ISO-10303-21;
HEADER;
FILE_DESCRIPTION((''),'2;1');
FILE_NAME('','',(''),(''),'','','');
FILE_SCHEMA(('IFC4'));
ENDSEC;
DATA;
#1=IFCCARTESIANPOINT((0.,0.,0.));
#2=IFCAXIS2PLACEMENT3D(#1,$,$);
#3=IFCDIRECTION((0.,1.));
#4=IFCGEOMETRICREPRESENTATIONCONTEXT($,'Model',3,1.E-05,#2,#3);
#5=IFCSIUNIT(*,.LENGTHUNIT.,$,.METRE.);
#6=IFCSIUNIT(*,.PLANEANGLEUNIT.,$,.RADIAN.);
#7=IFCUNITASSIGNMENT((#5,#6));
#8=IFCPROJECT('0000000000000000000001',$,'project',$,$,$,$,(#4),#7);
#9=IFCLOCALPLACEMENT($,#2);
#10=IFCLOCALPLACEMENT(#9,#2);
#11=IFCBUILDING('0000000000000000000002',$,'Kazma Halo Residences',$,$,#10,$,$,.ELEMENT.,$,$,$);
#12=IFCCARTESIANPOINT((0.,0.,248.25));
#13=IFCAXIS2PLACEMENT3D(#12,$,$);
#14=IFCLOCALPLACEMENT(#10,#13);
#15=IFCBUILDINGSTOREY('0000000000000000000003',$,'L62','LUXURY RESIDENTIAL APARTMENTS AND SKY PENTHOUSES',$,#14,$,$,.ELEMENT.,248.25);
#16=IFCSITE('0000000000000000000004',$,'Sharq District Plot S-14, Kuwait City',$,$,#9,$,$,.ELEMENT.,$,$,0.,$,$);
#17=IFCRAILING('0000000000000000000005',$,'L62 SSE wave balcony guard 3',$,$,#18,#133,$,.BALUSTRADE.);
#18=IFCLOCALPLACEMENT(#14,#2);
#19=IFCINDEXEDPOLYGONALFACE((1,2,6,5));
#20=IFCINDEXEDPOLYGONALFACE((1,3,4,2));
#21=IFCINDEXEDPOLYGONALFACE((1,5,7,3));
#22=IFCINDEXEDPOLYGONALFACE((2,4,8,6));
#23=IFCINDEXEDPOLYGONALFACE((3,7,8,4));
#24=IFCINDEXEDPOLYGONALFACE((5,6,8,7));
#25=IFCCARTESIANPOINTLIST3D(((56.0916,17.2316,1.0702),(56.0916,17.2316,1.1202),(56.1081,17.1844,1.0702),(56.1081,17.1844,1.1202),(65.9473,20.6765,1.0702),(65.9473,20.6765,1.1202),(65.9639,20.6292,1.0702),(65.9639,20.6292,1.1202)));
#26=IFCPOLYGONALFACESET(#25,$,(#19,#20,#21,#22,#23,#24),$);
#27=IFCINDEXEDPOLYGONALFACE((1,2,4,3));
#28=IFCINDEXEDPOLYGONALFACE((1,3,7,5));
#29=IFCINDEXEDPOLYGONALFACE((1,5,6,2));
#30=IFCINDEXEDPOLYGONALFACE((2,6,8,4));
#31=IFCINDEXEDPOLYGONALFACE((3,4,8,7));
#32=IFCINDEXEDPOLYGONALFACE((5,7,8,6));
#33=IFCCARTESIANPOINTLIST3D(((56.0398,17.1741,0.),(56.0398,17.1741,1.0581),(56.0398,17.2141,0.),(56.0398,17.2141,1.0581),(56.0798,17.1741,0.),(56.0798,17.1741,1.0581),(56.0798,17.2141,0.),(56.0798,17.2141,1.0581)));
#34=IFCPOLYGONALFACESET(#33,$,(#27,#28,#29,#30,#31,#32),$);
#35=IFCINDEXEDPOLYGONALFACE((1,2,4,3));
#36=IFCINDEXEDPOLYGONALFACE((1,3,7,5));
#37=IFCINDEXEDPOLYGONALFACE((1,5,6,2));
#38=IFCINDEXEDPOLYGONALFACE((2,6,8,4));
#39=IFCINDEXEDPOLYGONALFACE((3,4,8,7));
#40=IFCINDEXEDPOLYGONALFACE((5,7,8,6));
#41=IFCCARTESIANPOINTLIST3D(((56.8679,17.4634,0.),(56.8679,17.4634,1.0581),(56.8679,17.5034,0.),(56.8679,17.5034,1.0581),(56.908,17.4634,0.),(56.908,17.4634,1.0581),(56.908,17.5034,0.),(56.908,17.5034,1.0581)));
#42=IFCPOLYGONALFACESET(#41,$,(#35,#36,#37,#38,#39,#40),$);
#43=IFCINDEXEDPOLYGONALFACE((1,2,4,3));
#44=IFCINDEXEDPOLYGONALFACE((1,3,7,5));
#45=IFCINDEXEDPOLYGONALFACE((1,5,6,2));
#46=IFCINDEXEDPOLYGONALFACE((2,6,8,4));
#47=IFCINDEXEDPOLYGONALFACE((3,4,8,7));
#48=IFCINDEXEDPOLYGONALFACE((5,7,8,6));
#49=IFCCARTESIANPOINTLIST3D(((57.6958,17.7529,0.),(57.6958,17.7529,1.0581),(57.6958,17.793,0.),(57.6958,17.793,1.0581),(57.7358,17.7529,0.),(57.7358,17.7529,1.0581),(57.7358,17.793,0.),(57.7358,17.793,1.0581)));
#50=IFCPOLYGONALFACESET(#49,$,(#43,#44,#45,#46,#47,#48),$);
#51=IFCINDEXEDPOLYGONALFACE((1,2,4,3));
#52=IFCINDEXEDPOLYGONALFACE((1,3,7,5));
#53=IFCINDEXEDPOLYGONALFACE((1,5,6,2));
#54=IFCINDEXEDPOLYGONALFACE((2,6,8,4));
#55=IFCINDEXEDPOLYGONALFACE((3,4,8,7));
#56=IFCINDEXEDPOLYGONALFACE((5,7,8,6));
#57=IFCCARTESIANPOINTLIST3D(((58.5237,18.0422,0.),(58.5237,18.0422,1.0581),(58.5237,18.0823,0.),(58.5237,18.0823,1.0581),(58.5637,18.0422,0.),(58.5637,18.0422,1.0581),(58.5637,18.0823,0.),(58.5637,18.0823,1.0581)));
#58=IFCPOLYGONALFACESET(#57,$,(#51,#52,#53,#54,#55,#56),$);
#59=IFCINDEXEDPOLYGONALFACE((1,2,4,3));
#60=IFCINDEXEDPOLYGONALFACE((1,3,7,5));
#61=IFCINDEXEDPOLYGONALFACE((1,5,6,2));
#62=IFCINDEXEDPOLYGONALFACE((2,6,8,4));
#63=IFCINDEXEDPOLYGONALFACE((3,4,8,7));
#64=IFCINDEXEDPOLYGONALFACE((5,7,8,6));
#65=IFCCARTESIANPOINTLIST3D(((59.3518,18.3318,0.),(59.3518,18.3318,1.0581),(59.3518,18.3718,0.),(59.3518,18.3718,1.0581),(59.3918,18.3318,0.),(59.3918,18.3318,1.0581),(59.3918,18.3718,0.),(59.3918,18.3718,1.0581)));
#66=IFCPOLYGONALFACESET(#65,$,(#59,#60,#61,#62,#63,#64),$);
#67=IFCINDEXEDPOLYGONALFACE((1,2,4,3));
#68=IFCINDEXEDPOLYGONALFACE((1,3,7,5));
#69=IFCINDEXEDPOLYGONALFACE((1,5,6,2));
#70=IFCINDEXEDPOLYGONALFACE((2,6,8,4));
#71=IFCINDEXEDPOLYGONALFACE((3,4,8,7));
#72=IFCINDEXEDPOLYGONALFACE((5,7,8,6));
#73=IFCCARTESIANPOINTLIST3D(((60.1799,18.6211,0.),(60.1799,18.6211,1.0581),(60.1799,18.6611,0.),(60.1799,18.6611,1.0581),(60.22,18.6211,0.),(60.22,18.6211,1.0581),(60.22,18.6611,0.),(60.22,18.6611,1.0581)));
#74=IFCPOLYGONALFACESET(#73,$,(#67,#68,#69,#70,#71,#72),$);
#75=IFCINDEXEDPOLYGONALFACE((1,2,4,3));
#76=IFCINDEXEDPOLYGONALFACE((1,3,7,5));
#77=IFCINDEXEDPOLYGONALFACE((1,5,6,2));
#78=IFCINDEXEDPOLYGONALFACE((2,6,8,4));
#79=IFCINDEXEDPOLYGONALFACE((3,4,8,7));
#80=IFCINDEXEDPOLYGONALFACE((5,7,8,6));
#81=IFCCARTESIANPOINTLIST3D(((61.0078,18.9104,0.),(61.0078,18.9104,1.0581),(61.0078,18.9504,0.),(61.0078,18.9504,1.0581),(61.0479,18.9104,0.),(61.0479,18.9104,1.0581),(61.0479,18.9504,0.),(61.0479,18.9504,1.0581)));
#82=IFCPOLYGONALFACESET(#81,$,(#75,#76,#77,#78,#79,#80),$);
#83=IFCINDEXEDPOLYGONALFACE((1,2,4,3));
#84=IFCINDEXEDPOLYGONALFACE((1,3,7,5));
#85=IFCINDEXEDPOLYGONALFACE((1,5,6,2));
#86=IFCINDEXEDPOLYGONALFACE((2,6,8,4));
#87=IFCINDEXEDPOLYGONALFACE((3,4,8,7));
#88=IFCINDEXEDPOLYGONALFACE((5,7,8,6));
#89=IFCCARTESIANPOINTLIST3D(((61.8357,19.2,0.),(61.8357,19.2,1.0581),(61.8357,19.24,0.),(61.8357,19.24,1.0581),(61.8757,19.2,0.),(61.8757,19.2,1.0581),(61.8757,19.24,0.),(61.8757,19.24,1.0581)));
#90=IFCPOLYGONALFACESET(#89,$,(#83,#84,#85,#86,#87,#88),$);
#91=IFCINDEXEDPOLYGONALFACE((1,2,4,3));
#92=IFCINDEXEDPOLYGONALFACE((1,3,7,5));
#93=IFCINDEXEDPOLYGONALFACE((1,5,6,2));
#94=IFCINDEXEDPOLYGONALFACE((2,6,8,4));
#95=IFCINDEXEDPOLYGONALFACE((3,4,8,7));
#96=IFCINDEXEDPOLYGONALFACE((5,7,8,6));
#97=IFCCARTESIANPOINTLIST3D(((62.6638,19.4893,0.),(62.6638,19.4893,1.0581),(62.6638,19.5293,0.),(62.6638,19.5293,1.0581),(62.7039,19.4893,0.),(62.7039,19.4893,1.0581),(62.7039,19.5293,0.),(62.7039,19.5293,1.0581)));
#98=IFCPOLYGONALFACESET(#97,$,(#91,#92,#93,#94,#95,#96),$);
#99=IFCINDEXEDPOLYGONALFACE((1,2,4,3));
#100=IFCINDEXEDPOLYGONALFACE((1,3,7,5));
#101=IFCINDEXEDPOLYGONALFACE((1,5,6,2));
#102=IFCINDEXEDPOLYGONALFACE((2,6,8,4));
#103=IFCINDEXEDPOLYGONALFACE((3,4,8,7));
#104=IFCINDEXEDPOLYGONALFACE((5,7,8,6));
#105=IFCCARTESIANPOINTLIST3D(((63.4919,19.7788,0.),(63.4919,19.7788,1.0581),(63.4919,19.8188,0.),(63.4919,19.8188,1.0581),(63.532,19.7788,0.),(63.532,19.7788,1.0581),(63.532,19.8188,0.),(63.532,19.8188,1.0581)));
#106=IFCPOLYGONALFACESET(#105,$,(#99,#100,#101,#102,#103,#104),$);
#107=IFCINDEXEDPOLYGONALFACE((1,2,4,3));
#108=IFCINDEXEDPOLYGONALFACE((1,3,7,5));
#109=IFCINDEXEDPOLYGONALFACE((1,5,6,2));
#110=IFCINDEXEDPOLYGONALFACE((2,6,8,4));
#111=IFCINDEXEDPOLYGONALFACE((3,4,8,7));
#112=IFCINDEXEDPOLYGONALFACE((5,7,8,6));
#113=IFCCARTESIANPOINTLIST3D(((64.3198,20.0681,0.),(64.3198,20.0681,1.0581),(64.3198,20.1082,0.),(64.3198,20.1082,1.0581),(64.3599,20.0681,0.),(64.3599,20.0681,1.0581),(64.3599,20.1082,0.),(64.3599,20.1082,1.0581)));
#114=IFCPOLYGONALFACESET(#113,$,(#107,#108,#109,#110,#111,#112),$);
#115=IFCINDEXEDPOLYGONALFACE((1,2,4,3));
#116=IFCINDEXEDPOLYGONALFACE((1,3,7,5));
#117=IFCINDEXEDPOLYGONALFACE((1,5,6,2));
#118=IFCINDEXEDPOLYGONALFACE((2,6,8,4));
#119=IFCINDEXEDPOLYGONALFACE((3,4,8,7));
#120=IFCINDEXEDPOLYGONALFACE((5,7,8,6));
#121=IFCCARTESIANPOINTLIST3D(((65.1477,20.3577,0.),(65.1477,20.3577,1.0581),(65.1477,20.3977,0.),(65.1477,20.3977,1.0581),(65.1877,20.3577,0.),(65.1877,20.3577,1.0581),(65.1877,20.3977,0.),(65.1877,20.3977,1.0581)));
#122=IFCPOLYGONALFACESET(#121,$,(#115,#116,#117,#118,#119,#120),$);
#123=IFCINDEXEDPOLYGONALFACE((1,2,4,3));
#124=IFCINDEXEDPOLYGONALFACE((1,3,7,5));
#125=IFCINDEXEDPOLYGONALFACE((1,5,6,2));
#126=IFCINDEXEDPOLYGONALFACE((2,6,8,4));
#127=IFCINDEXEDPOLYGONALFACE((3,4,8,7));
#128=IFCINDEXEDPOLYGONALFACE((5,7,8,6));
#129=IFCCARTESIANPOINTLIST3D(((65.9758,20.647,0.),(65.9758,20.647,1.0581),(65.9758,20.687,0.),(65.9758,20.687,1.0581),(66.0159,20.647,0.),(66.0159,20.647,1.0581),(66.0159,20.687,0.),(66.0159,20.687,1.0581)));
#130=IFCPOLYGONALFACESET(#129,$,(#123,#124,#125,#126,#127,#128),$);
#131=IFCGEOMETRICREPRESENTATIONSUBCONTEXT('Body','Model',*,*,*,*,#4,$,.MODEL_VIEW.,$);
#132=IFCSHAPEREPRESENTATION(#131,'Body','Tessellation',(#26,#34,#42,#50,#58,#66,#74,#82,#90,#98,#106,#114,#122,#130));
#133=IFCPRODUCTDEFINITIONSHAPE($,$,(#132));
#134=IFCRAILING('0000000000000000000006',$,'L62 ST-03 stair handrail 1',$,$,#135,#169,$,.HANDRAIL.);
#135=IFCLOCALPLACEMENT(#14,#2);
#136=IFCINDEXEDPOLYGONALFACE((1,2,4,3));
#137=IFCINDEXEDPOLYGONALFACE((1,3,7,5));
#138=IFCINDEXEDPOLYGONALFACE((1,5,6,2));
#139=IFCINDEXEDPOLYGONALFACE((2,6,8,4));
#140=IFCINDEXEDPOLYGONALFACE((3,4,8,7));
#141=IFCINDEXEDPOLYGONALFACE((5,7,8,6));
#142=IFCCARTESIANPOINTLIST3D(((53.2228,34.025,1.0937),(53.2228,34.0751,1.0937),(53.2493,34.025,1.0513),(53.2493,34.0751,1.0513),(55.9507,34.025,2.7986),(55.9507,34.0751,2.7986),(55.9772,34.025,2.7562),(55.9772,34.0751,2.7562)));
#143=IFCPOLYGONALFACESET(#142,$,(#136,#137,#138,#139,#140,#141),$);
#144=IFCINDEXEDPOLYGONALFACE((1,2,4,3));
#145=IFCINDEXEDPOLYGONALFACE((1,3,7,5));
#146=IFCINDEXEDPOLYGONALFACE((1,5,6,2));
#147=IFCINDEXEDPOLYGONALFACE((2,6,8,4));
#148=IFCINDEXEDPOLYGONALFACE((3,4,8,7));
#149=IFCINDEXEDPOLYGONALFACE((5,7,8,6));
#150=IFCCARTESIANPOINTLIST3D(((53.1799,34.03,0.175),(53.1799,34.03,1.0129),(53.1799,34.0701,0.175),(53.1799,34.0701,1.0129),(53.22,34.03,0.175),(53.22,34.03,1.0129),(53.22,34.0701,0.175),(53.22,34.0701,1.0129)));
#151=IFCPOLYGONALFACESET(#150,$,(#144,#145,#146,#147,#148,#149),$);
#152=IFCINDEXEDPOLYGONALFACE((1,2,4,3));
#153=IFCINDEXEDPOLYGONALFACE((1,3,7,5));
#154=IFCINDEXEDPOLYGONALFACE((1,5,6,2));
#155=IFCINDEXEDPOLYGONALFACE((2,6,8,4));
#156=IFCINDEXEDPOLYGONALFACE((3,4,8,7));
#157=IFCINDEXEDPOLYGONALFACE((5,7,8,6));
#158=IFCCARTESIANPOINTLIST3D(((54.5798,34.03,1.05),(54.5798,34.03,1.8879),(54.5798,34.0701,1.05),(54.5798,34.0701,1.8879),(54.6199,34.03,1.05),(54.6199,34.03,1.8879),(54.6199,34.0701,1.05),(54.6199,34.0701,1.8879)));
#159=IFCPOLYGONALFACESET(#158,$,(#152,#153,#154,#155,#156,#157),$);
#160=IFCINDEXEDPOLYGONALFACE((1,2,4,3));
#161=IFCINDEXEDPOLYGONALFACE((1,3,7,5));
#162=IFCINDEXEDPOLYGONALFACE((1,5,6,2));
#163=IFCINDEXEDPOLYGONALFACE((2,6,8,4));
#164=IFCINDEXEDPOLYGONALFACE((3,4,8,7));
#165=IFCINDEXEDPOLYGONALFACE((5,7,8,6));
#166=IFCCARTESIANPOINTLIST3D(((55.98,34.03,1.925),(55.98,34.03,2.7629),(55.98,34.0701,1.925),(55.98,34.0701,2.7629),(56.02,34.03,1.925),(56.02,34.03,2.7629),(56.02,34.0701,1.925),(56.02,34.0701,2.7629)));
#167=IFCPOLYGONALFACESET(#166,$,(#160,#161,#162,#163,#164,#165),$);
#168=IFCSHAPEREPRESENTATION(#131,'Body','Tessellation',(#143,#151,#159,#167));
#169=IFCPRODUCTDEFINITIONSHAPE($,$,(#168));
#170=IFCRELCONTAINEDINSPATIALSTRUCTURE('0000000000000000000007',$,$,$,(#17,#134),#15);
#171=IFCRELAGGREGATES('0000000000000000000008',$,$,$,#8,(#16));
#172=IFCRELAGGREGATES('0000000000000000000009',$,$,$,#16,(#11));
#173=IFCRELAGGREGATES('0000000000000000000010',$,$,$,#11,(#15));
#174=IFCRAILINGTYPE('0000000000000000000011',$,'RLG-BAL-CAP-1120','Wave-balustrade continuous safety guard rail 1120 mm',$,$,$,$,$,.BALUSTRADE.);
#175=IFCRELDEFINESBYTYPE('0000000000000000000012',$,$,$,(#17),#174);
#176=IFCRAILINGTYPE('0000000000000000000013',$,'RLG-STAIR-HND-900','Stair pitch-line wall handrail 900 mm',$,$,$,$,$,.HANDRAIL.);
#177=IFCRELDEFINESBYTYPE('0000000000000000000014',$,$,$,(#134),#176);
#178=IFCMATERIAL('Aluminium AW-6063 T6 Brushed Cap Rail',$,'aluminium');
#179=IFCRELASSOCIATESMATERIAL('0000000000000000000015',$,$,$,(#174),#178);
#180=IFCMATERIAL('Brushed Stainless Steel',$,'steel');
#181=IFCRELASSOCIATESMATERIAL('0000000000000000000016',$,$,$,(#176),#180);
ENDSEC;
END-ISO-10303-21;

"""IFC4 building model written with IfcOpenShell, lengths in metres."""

from ifc_helpers import new_model, si_unit, direction, frame, origin, origin_2d, place, context, subcontext, project, spatial, rectangle, extrude, material, type_object, element, save


model = new_model("IFC4")

# Units and contexts
model_context = context("Model", 3, precision=1e-05, world=origin(), true_north=direction((0.0, 1.0)))
body_context = subcontext(model_context, "Body", "Model", "MODEL_VIEW")
ifc_project = project(units=[si_unit("LENGTHUNIT", "METRE"), si_unit("PLANEANGLEUNIT", "RADIAN")], contexts=[model_context])

# Site, building, storey
site_placement = place(None, origin())
site = spatial("IfcSite", under=ifc_project, at=site_placement, Name="Sharq District Plot S-14, Kuwait City", CompositionType="ELEMENT", RefElevation=0.0)
building_placement = place(site_placement, origin())
building = spatial("IfcBuilding", under=site, at=building_placement, Name="Kazma Halo Residences", CompositionType="ELEMENT")
storey_placement = place(building_placement, frame((0.0, 0.0, 248.25)))
storey = spatial("IfcBuildingStorey", under=building, at=storey_placement, Name="L62", Description="LUXURY RESIDENTIAL APARTMENTS AND SKY PENTHOUSES", CompositionType="ELEMENT", Elevation=248.25)

# Railings
ifc_material_1 = material(Name="Aluminium AW-6063 T6 Brushed Cap Rail", Category="aluminium")
railing_type_1 = type_object("IfcRailingType", Name="RLG-BAL-CAP-1120", Description="Wave-balustrade continuous safety guard rail 1120 mm", PredefinedType="BALUSTRADE", material=ifc_material_1)
railing_1_placement = place(storey_placement, frame((56.0598, 17.1941, 0.0)))
element("IfcRailing", 1, at=railing_1_placement, inside=storey, type_object=railing_type_1, Name="L62 SSE wave balcony guard 3", PredefinedType="BALUSTRADE", context=body_context, shape_type="SweptSolid", body=[
    extrude(rectangle(XDim=0.05, YDim=0.05, at=origin_2d()), frame((0.04, 0.0139, 1.0952), z_axis=(0.943998, 0.329952, 0.0), x_axis=(-0.329952, 0.943998, 0.0)), (0.0, 0.0, 1.0), 10.4404),
    extrude(rectangle(XDim=0.04, YDim=0.04, at=origin_2d()), origin(), (0.0, 0.0, 1.0), 1.0581),
    extrude(rectangle(XDim=0.04, YDim=0.04, at=origin_2d()), frame((0.8281, 0.2893, 0.0)), (0.0, 0.0, 1.0), 1.0581),
    extrude(rectangle(XDim=0.04, YDim=0.04, at=origin_2d()), frame((1.656, 0.5789, 0.0)), (0.0, 0.0, 1.0), 1.0581),
    extrude(rectangle(XDim=0.04, YDim=0.04, at=origin_2d()), frame((2.4839, 0.8682, 0.0)), (0.0, 0.0, 1.0), 1.0581),
    extrude(rectangle(XDim=0.04, YDim=0.04, at=origin_2d()), frame((3.312, 1.1577, 0.0)), (0.0, 0.0, 1.0), 1.0581),
    extrude(rectangle(XDim=0.04, YDim=0.04, at=origin_2d()), frame((4.1401, 1.447, 0.0)), (0.0, 0.0, 1.0), 1.0581),
    extrude(rectangle(XDim=0.04, YDim=0.04, at=origin_2d()), frame((4.968, 1.7363, 0.0)), (0.0, 0.0, 1.0), 1.0581),
    extrude(rectangle(XDim=0.04, YDim=0.04, at=origin_2d()), frame((5.7959, 2.0259, 0.0)), (0.0, 0.0, 1.0), 1.0581),
    extrude(rectangle(XDim=0.04, YDim=0.04, at=origin_2d()), frame((6.624, 2.3152, 0.0)), (0.0, 0.0, 1.0), 1.0581),
    extrude(rectangle(XDim=0.04, YDim=0.04, at=origin_2d()), frame((7.4521, 2.6047, 0.0)), (0.0, 0.0, 1.0), 1.0581),
    extrude(rectangle(XDim=0.04, YDim=0.04, at=origin_2d()), frame((8.28, 2.894, 0.0)), (0.0, 0.0, 1.0), 1.0581),
    extrude(rectangle(XDim=0.04, YDim=0.04, at=origin_2d()), frame((9.1079, 3.1836, 0.0)), (0.0, 0.0, 1.0), 1.0581),
    extrude(rectangle(XDim=0.04, YDim=0.04, at=origin_2d()), frame((9.936, 3.4729, 0.0)), (0.0, 0.0, 1.0), 1.0581),
])
ifc_material_2 = material(Name="Brushed Stainless Steel", Category="steel")
railing_type_2 = type_object("IfcRailingType", Name="RLG-STAIR-HND-900", Description="Stair pitch-line wall handrail 900 mm", PredefinedType="HANDRAIL", material=ifc_material_2)
railing_2_placement = place(storey_placement, frame((53.2, 34.05, 0.175)))
element("IfcRailing", 2, at=railing_2_placement, inside=storey, type_object=railing_type_2, Name="L62 ST-03 stair handrail 1", PredefinedType="HANDRAIL", context=body_context, shape_type="SweptSolid", body=[
    extrude(rectangle(XDim=0.05, YDim=0.05, at=origin_2d()), frame((0.0361, 0.0, 0.8975), z_axis=(0.848002, 0.0, 0.529992), x_axis=(0.0, 1.0, 0.0)), (0.0, 0.0, 1.0), 3.2168),
    extrude(rectangle(XDim=0.04, YDim=0.04, at=origin_2d()), origin(), (0.0, 0.0, 1.0), 0.8379),
    extrude(rectangle(XDim=0.04, YDim=0.04, at=origin_2d()), frame((1.3999, 0.0, 0.875)), (0.0, 0.0, 1.0), 0.8379),
    extrude(rectangle(XDim=0.04, YDim=0.04, at=origin_2d()), frame((2.8, 0.0, 1.75)), (0.0, 0.0, 1.0), 0.8379),
])

save(model, "model.ifc")
